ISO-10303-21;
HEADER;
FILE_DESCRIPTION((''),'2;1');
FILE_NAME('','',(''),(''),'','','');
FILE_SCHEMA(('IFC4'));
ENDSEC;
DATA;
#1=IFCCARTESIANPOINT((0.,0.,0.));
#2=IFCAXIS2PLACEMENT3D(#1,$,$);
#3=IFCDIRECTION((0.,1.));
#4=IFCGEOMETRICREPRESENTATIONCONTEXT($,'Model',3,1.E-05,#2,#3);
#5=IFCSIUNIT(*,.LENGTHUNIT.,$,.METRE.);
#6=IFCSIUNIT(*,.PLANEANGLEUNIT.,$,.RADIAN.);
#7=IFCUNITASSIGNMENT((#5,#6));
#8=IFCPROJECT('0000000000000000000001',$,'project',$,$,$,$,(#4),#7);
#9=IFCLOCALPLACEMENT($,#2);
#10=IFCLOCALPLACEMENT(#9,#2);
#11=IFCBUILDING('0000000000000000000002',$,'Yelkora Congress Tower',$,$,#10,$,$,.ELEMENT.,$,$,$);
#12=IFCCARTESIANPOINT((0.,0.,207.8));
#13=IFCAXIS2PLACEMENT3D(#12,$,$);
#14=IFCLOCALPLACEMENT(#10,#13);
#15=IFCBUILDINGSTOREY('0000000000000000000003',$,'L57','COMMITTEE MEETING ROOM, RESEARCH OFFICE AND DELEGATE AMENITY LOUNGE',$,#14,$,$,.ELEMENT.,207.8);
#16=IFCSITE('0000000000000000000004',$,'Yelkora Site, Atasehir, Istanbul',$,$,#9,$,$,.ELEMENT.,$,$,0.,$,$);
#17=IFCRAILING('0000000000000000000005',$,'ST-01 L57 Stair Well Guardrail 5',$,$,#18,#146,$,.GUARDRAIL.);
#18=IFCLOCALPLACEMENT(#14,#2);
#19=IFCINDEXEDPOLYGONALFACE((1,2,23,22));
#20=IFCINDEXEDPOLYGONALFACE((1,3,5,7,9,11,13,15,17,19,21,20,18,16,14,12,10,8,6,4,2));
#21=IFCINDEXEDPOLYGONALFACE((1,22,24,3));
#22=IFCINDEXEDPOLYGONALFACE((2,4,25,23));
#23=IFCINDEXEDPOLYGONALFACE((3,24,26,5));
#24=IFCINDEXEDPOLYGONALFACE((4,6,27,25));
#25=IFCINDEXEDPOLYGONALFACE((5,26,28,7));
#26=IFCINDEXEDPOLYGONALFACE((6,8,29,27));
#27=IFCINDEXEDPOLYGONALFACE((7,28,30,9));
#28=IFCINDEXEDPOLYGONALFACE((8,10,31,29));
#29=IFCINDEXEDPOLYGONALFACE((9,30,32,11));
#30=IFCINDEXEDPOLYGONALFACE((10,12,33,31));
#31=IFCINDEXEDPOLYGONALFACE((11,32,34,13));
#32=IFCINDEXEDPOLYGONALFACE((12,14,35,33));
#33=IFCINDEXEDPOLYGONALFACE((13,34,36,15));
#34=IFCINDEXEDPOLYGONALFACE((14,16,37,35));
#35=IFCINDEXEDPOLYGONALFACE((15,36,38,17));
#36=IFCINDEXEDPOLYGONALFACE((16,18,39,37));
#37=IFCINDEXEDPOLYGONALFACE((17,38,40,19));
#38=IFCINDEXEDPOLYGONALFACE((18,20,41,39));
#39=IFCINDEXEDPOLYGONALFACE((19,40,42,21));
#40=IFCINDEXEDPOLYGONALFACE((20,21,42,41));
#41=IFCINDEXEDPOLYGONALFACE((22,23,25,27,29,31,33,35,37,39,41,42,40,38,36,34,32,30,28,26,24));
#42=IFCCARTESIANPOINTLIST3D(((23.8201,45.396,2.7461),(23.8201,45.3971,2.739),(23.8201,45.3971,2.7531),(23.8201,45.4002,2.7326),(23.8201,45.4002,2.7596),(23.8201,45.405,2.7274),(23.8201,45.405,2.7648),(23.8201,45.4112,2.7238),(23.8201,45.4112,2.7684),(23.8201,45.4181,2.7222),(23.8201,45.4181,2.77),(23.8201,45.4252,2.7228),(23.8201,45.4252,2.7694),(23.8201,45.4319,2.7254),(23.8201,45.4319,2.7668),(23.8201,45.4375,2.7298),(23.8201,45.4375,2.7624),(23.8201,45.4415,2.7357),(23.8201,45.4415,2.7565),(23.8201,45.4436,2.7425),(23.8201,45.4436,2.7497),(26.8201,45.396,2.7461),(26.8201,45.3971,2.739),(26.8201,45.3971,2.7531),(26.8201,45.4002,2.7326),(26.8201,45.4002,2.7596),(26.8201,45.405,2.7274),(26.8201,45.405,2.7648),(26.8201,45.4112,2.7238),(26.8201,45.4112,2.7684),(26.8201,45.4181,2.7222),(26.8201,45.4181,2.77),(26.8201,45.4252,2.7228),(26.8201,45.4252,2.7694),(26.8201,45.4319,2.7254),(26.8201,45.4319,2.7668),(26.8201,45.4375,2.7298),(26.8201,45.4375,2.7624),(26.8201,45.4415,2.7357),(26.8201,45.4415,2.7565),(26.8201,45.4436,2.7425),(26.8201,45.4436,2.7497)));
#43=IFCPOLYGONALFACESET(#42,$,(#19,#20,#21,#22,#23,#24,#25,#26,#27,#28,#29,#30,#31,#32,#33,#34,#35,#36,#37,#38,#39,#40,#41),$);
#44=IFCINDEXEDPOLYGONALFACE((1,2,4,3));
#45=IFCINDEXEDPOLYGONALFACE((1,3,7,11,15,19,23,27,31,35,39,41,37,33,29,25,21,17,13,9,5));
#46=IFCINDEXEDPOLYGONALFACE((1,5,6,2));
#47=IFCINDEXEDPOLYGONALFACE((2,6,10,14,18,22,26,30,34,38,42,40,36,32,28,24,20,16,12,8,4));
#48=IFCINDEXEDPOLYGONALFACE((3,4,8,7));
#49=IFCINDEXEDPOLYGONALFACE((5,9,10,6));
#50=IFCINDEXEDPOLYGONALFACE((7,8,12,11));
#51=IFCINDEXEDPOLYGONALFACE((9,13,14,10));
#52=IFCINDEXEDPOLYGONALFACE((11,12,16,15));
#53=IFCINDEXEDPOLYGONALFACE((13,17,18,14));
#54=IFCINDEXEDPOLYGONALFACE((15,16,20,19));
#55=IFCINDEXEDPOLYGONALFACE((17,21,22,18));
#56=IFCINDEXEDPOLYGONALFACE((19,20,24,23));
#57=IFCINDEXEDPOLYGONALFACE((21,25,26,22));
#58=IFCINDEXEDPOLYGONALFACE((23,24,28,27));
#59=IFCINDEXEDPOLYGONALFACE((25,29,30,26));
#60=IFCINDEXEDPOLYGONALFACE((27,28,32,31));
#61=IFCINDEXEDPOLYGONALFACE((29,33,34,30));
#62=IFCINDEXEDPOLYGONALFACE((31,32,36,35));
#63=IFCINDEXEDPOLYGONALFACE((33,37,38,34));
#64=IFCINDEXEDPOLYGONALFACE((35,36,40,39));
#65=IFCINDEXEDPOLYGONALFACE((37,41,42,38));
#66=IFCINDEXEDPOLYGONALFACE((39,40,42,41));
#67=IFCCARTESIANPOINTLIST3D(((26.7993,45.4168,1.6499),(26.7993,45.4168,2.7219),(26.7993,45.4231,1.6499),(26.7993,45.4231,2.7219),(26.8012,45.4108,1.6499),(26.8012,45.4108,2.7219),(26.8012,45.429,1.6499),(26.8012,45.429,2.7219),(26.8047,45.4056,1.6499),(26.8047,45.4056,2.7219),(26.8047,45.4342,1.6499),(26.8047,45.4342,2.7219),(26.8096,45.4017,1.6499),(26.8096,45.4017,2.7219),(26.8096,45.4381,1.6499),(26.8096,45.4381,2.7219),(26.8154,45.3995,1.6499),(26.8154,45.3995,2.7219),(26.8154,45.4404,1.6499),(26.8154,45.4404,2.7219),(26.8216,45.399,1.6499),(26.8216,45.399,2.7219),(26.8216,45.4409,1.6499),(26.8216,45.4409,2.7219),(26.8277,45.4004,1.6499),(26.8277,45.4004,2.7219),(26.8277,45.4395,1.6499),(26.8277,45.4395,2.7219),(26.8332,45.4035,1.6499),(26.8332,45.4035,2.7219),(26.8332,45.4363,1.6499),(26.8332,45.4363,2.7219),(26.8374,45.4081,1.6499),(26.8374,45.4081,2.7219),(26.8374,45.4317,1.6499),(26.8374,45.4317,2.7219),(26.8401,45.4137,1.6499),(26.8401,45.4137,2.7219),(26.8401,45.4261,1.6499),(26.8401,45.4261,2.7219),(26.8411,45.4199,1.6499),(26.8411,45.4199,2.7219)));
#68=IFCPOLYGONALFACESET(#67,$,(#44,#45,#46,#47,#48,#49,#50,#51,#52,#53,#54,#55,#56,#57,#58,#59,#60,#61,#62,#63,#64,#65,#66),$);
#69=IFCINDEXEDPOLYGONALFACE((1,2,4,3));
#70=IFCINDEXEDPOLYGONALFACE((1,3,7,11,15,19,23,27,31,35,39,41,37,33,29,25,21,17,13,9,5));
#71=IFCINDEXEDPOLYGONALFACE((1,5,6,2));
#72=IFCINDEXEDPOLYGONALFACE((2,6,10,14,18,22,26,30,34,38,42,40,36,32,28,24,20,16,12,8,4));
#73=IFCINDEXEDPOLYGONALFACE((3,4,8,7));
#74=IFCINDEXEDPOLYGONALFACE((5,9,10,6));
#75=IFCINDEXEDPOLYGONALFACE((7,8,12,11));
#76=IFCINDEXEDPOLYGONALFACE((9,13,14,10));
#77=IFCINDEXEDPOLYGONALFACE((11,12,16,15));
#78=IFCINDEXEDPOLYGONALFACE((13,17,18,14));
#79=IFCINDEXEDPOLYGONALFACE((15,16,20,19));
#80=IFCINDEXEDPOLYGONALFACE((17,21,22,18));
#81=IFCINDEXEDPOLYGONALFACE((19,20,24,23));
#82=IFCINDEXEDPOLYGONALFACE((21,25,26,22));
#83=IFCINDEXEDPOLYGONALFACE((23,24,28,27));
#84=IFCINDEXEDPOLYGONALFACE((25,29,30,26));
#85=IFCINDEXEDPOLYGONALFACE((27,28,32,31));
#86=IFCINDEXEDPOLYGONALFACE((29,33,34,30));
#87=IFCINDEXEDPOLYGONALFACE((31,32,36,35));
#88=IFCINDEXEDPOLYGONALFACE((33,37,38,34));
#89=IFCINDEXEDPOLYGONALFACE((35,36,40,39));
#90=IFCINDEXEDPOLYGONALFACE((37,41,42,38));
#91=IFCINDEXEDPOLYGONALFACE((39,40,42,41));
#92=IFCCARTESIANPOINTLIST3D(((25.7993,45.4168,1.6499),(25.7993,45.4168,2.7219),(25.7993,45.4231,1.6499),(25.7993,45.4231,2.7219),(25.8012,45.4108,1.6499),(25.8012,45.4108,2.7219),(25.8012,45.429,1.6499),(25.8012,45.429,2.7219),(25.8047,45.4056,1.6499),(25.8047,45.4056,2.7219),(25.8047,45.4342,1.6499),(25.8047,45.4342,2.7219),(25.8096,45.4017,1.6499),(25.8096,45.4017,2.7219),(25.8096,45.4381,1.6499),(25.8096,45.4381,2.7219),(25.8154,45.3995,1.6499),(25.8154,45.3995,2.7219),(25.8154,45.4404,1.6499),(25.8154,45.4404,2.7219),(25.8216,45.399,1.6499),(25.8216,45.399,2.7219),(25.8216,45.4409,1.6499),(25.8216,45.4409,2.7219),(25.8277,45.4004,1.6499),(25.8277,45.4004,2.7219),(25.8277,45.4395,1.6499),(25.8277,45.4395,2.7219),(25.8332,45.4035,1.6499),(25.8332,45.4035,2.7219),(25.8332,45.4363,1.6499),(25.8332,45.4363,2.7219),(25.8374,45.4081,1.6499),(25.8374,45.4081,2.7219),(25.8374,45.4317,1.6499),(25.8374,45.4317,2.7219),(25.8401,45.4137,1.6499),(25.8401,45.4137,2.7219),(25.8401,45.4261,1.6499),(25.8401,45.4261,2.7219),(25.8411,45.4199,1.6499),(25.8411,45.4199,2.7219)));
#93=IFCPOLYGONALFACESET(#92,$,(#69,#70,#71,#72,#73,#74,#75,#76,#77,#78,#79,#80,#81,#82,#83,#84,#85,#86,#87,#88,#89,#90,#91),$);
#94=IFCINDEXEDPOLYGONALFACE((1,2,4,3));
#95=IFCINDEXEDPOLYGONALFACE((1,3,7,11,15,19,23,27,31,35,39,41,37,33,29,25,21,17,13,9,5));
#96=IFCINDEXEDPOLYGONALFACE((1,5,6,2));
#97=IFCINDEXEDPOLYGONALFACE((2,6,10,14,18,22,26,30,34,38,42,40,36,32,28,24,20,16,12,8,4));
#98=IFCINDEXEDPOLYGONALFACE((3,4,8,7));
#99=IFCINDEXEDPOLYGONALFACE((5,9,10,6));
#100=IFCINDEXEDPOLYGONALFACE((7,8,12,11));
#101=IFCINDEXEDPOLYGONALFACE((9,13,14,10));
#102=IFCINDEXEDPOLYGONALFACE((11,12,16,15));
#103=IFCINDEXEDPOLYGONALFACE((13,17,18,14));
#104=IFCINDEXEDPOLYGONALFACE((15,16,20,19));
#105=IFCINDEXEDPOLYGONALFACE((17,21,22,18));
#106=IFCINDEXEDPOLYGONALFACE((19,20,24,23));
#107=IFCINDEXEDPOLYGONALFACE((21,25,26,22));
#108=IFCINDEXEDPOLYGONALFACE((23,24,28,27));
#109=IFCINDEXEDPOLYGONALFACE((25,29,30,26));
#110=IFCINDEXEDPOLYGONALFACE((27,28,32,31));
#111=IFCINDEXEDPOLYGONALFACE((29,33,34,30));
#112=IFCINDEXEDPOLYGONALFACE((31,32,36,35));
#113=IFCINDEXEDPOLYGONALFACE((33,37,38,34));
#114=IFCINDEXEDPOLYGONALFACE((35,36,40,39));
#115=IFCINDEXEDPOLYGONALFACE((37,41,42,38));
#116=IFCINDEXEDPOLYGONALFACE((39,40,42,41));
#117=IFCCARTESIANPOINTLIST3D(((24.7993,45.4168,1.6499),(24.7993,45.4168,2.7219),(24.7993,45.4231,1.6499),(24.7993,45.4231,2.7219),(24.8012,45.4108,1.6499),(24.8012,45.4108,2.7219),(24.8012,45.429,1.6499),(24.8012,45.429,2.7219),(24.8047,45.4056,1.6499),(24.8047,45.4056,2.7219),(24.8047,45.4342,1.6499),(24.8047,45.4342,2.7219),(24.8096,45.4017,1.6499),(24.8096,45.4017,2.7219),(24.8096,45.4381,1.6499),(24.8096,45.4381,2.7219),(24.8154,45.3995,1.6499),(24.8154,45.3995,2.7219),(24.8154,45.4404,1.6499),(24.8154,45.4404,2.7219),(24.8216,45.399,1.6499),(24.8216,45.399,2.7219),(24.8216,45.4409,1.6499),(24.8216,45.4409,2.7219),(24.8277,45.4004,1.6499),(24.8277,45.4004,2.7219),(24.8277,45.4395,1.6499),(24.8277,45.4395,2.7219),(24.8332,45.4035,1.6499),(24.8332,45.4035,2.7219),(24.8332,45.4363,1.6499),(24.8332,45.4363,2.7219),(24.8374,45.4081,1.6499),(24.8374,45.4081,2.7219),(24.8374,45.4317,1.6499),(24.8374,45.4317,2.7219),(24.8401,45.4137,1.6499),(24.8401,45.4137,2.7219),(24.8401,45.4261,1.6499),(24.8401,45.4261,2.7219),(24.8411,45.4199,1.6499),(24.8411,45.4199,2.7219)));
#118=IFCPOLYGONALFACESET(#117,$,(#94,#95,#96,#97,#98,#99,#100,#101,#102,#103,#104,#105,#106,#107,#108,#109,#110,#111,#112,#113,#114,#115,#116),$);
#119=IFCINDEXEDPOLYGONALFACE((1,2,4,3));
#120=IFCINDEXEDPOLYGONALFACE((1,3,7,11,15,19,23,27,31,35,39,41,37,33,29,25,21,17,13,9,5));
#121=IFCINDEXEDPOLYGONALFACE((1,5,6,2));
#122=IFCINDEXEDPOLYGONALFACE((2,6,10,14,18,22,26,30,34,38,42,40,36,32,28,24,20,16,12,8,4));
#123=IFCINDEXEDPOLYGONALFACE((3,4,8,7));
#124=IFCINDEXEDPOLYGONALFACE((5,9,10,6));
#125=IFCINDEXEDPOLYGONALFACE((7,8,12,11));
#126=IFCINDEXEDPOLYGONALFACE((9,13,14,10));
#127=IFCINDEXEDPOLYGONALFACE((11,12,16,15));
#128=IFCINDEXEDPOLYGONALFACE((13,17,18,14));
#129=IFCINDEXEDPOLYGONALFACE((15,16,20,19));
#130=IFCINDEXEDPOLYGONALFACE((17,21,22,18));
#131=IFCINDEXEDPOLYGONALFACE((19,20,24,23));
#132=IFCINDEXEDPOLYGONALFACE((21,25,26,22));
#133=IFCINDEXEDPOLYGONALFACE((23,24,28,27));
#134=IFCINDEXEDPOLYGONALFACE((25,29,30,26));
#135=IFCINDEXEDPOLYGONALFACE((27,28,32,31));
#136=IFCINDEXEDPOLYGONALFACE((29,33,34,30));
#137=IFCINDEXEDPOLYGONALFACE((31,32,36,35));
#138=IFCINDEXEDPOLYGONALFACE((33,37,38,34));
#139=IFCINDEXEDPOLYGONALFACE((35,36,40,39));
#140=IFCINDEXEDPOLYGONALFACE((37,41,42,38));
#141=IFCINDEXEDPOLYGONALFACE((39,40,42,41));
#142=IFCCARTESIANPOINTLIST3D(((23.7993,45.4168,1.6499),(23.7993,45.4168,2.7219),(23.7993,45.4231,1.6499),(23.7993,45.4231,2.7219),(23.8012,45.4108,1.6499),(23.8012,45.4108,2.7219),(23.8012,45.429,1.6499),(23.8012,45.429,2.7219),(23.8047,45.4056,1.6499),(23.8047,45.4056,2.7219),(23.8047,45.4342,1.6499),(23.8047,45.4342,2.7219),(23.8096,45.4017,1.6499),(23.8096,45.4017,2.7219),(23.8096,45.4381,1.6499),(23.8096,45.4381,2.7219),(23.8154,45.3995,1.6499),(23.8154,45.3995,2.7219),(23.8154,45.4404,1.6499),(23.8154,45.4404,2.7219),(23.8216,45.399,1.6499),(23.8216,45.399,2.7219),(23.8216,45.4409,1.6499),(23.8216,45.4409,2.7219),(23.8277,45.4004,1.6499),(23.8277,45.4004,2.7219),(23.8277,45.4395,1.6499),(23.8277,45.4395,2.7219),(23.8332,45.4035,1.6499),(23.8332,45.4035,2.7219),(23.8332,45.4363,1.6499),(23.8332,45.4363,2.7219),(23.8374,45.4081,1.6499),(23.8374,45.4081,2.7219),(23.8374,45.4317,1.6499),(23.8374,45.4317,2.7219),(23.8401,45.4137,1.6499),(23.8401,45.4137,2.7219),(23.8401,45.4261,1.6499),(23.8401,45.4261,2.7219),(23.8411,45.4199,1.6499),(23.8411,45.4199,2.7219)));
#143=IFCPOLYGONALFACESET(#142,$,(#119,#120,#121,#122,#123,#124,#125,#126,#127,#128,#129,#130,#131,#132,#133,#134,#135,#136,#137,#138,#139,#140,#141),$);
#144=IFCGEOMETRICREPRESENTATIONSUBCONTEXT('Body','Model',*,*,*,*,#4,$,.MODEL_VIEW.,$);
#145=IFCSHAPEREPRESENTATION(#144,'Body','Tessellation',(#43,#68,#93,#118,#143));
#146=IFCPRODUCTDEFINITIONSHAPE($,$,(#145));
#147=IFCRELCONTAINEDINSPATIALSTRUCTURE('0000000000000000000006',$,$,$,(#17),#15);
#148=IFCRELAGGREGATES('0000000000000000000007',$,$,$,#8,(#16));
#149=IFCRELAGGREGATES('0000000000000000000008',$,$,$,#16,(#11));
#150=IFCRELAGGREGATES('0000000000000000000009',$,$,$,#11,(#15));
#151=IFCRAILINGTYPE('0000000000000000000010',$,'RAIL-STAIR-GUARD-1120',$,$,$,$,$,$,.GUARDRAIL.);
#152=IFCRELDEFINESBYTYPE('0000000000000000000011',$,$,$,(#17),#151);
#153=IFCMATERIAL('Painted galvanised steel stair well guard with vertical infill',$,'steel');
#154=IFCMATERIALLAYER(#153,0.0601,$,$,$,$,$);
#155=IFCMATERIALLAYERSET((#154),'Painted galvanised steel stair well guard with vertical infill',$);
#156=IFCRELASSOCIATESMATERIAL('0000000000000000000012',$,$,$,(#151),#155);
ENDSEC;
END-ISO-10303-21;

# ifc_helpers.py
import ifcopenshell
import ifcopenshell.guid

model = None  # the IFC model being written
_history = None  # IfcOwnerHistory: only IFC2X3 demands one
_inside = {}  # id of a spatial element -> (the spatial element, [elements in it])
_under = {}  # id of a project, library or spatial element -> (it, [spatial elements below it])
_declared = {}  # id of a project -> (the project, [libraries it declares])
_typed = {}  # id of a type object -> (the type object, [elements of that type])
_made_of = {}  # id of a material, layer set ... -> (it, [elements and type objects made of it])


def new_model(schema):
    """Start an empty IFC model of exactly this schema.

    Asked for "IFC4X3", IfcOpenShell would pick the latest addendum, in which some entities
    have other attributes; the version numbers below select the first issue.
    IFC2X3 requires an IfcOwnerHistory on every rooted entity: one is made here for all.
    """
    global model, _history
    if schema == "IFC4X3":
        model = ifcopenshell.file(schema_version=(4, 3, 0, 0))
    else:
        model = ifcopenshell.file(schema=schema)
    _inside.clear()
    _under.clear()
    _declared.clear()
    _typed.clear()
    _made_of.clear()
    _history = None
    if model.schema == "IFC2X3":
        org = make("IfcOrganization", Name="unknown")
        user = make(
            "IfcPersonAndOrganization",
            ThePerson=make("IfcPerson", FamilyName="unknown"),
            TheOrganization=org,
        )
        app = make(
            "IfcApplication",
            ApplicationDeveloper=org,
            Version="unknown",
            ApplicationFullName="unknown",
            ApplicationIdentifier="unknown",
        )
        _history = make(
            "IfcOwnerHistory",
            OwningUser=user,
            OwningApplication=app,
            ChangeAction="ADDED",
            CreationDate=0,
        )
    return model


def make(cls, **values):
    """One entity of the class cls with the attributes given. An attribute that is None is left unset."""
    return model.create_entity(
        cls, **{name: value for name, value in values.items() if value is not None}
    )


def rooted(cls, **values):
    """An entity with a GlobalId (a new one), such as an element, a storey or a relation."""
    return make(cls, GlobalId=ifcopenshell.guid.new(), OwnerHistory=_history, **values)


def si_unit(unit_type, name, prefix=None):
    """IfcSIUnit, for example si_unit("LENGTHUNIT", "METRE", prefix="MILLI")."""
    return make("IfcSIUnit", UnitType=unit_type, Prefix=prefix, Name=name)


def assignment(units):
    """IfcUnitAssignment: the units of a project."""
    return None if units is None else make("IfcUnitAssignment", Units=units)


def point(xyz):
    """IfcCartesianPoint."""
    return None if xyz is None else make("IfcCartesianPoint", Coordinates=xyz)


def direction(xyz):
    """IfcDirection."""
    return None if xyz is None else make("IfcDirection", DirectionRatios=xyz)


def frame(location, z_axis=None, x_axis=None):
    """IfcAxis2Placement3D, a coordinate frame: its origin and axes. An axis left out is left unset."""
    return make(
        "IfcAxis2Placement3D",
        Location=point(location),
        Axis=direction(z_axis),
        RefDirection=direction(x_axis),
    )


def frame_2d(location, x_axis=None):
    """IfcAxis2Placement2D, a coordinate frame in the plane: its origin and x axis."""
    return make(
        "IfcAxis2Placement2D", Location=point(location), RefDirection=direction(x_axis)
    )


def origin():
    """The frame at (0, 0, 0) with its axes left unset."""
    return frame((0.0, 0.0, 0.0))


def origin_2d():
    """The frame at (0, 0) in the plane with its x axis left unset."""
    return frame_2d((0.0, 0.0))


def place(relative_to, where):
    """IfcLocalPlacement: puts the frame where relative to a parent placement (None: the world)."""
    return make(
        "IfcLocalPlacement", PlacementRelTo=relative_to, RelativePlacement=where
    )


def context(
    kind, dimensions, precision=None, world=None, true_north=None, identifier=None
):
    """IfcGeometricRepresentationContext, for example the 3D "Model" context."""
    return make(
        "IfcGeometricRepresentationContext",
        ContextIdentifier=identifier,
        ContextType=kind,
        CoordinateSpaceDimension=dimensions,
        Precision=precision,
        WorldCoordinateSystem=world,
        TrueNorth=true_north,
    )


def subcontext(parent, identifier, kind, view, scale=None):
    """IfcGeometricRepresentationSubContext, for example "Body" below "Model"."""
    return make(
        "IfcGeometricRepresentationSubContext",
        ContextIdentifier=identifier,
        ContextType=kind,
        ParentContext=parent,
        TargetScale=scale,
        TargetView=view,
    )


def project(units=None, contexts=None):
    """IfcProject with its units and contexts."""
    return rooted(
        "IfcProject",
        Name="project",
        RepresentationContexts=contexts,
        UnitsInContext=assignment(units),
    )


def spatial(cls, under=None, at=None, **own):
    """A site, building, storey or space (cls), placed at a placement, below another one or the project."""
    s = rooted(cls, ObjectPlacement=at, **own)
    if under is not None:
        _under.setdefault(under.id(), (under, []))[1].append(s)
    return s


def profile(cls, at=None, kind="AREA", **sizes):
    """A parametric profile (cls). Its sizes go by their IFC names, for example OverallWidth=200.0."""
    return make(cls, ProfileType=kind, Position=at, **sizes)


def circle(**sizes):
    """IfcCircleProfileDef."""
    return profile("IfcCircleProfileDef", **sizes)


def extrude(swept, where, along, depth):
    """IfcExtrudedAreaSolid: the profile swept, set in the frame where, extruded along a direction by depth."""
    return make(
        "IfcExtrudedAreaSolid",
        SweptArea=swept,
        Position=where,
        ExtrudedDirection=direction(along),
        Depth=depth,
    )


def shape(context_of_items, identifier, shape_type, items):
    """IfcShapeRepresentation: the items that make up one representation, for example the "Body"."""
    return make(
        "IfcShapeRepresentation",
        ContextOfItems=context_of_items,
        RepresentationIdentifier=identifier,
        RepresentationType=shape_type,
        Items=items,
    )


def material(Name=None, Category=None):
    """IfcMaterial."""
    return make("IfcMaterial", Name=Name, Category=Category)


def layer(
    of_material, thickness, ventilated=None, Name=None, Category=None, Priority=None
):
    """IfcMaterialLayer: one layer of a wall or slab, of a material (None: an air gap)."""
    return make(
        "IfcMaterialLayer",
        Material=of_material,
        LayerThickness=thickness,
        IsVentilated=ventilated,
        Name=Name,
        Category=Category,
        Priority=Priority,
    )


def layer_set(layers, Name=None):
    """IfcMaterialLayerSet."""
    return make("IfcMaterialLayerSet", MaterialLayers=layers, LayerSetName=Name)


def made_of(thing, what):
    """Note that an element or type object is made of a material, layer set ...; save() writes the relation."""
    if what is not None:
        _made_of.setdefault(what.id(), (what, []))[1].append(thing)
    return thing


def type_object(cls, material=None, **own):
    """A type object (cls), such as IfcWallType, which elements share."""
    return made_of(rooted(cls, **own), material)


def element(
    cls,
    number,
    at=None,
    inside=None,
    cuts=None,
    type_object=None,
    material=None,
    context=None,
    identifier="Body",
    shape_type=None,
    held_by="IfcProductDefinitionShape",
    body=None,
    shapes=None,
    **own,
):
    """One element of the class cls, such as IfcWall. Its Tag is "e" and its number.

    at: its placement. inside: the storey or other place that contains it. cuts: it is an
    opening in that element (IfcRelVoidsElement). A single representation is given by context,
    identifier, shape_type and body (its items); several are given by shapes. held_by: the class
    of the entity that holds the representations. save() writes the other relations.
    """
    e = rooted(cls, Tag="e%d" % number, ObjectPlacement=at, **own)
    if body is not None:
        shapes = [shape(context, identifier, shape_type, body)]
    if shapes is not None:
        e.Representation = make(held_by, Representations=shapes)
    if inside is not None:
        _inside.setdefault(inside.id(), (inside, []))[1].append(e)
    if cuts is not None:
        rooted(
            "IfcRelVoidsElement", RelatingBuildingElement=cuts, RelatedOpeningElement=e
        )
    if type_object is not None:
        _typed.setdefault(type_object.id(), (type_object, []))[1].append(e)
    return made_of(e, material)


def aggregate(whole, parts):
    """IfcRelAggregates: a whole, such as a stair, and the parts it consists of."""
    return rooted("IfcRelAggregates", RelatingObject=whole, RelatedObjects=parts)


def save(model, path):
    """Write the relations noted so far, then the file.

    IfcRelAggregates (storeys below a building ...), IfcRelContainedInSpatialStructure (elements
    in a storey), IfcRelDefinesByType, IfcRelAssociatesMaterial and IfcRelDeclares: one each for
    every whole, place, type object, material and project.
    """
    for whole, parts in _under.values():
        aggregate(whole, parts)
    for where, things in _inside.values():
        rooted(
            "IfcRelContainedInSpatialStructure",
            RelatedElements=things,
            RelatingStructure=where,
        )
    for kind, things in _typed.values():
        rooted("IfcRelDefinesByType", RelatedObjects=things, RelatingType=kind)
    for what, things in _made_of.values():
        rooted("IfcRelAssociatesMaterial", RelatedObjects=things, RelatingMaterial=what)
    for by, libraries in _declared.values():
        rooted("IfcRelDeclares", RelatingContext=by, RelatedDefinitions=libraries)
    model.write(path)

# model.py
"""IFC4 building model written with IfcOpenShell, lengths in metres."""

from ifc_helpers import new_model, si_unit, direction, frame, origin, origin_2d, place, context, subcontext, project, spatial, circle, extrude, material, layer, layer_set, type_object, element, save


model = new_model("IFC4")

# Units and contexts
model_context = context("Model", 3, precision=1e-05, world=origin(), true_north=direction((0.0, 1.0)))
body_context = subcontext(model_context, "Body", "Model", "MODEL_VIEW")
ifc_project = project(units=[si_unit("LENGTHUNIT", "METRE"), si_unit("PLANEANGLEUNIT", "RADIAN")], contexts=[model_context])

# Site, building, storey
site_placement = place(None, origin())
site = spatial("IfcSite", under=ifc_project, at=site_placement, Name="Yelkora Site, Atasehir, Istanbul", CompositionType="ELEMENT", RefElevation=0.0)
building_placement = place(site_placement, origin())
building = spatial("IfcBuilding", under=site, at=building_placement, Name="Yelkora Congress Tower", CompositionType="ELEMENT")
storey_placement = place(building_placement, frame((0.0, 0.0, 207.8)))
storey = spatial("IfcBuildingStorey", under=building, at=storey_placement, Name="L57", Description="COMMITTEE MEETING ROOM, RESEARCH OFFICE AND DELEGATE AMENITY LOUNGE", CompositionType="ELEMENT", Elevation=207.8)

# Railing
ifc_material_1 = material(Name="Painted galvanised steel stair well guard with vertical infill", Category="steel")
ifc_layer_1 = layer(ifc_material_1, 0.0601)
ifc_layer_set_1 = layer_set([ifc_layer_1], Name="Painted galvanised steel stair well guard with vertical infill")
railing_type_1 = type_object("IfcRailingType", Name="RAIL-STAIR-GUARD-1120", PredefinedType="GUARDRAIL", material=ifc_layer_set_1)
railing_1_placement = place(storey_placement, frame((26.8201, 45.4199, 1.6499)))
element("IfcRailing", 1, at=railing_1_placement, inside=storey, type_object=railing_type_1, Name="ST-01 L57 Stair Well Guardrail 5", PredefinedType="GUARDRAIL", context=body_context, shape_type="SweptSolid", body=[
    extrude(circle(Radius=0.0239, at=origin_2d()), frame((0.0, 0.0, 1.0962), z_axis=(-1.0, 0.0, 0.0), x_axis=(0.0, -1.0, 0.0)), (0.0, 0.0, 1.0), 3.0),
    extrude(circle(Radius=0.021, at=origin_2d()), origin(), (0.0, 0.0, 1.0), 1.072),
    extrude(circle(Radius=0.021, at=origin_2d()), frame((-1.0, 0.0, 0.0)), (0.0, 0.0, 1.0), 1.072),
    extrude(circle(Radius=0.021, at=origin_2d()), frame((-2.0, 0.0, 0.0)), (0.0, 0.0, 1.0), 1.072),
    extrude(circle(Radius=0.021, at=origin_2d()), frame((-3.0, 0.0, 0.0)), (0.0, 0.0, 1.0), 1.072),
])

save(model, "model.ifc")
